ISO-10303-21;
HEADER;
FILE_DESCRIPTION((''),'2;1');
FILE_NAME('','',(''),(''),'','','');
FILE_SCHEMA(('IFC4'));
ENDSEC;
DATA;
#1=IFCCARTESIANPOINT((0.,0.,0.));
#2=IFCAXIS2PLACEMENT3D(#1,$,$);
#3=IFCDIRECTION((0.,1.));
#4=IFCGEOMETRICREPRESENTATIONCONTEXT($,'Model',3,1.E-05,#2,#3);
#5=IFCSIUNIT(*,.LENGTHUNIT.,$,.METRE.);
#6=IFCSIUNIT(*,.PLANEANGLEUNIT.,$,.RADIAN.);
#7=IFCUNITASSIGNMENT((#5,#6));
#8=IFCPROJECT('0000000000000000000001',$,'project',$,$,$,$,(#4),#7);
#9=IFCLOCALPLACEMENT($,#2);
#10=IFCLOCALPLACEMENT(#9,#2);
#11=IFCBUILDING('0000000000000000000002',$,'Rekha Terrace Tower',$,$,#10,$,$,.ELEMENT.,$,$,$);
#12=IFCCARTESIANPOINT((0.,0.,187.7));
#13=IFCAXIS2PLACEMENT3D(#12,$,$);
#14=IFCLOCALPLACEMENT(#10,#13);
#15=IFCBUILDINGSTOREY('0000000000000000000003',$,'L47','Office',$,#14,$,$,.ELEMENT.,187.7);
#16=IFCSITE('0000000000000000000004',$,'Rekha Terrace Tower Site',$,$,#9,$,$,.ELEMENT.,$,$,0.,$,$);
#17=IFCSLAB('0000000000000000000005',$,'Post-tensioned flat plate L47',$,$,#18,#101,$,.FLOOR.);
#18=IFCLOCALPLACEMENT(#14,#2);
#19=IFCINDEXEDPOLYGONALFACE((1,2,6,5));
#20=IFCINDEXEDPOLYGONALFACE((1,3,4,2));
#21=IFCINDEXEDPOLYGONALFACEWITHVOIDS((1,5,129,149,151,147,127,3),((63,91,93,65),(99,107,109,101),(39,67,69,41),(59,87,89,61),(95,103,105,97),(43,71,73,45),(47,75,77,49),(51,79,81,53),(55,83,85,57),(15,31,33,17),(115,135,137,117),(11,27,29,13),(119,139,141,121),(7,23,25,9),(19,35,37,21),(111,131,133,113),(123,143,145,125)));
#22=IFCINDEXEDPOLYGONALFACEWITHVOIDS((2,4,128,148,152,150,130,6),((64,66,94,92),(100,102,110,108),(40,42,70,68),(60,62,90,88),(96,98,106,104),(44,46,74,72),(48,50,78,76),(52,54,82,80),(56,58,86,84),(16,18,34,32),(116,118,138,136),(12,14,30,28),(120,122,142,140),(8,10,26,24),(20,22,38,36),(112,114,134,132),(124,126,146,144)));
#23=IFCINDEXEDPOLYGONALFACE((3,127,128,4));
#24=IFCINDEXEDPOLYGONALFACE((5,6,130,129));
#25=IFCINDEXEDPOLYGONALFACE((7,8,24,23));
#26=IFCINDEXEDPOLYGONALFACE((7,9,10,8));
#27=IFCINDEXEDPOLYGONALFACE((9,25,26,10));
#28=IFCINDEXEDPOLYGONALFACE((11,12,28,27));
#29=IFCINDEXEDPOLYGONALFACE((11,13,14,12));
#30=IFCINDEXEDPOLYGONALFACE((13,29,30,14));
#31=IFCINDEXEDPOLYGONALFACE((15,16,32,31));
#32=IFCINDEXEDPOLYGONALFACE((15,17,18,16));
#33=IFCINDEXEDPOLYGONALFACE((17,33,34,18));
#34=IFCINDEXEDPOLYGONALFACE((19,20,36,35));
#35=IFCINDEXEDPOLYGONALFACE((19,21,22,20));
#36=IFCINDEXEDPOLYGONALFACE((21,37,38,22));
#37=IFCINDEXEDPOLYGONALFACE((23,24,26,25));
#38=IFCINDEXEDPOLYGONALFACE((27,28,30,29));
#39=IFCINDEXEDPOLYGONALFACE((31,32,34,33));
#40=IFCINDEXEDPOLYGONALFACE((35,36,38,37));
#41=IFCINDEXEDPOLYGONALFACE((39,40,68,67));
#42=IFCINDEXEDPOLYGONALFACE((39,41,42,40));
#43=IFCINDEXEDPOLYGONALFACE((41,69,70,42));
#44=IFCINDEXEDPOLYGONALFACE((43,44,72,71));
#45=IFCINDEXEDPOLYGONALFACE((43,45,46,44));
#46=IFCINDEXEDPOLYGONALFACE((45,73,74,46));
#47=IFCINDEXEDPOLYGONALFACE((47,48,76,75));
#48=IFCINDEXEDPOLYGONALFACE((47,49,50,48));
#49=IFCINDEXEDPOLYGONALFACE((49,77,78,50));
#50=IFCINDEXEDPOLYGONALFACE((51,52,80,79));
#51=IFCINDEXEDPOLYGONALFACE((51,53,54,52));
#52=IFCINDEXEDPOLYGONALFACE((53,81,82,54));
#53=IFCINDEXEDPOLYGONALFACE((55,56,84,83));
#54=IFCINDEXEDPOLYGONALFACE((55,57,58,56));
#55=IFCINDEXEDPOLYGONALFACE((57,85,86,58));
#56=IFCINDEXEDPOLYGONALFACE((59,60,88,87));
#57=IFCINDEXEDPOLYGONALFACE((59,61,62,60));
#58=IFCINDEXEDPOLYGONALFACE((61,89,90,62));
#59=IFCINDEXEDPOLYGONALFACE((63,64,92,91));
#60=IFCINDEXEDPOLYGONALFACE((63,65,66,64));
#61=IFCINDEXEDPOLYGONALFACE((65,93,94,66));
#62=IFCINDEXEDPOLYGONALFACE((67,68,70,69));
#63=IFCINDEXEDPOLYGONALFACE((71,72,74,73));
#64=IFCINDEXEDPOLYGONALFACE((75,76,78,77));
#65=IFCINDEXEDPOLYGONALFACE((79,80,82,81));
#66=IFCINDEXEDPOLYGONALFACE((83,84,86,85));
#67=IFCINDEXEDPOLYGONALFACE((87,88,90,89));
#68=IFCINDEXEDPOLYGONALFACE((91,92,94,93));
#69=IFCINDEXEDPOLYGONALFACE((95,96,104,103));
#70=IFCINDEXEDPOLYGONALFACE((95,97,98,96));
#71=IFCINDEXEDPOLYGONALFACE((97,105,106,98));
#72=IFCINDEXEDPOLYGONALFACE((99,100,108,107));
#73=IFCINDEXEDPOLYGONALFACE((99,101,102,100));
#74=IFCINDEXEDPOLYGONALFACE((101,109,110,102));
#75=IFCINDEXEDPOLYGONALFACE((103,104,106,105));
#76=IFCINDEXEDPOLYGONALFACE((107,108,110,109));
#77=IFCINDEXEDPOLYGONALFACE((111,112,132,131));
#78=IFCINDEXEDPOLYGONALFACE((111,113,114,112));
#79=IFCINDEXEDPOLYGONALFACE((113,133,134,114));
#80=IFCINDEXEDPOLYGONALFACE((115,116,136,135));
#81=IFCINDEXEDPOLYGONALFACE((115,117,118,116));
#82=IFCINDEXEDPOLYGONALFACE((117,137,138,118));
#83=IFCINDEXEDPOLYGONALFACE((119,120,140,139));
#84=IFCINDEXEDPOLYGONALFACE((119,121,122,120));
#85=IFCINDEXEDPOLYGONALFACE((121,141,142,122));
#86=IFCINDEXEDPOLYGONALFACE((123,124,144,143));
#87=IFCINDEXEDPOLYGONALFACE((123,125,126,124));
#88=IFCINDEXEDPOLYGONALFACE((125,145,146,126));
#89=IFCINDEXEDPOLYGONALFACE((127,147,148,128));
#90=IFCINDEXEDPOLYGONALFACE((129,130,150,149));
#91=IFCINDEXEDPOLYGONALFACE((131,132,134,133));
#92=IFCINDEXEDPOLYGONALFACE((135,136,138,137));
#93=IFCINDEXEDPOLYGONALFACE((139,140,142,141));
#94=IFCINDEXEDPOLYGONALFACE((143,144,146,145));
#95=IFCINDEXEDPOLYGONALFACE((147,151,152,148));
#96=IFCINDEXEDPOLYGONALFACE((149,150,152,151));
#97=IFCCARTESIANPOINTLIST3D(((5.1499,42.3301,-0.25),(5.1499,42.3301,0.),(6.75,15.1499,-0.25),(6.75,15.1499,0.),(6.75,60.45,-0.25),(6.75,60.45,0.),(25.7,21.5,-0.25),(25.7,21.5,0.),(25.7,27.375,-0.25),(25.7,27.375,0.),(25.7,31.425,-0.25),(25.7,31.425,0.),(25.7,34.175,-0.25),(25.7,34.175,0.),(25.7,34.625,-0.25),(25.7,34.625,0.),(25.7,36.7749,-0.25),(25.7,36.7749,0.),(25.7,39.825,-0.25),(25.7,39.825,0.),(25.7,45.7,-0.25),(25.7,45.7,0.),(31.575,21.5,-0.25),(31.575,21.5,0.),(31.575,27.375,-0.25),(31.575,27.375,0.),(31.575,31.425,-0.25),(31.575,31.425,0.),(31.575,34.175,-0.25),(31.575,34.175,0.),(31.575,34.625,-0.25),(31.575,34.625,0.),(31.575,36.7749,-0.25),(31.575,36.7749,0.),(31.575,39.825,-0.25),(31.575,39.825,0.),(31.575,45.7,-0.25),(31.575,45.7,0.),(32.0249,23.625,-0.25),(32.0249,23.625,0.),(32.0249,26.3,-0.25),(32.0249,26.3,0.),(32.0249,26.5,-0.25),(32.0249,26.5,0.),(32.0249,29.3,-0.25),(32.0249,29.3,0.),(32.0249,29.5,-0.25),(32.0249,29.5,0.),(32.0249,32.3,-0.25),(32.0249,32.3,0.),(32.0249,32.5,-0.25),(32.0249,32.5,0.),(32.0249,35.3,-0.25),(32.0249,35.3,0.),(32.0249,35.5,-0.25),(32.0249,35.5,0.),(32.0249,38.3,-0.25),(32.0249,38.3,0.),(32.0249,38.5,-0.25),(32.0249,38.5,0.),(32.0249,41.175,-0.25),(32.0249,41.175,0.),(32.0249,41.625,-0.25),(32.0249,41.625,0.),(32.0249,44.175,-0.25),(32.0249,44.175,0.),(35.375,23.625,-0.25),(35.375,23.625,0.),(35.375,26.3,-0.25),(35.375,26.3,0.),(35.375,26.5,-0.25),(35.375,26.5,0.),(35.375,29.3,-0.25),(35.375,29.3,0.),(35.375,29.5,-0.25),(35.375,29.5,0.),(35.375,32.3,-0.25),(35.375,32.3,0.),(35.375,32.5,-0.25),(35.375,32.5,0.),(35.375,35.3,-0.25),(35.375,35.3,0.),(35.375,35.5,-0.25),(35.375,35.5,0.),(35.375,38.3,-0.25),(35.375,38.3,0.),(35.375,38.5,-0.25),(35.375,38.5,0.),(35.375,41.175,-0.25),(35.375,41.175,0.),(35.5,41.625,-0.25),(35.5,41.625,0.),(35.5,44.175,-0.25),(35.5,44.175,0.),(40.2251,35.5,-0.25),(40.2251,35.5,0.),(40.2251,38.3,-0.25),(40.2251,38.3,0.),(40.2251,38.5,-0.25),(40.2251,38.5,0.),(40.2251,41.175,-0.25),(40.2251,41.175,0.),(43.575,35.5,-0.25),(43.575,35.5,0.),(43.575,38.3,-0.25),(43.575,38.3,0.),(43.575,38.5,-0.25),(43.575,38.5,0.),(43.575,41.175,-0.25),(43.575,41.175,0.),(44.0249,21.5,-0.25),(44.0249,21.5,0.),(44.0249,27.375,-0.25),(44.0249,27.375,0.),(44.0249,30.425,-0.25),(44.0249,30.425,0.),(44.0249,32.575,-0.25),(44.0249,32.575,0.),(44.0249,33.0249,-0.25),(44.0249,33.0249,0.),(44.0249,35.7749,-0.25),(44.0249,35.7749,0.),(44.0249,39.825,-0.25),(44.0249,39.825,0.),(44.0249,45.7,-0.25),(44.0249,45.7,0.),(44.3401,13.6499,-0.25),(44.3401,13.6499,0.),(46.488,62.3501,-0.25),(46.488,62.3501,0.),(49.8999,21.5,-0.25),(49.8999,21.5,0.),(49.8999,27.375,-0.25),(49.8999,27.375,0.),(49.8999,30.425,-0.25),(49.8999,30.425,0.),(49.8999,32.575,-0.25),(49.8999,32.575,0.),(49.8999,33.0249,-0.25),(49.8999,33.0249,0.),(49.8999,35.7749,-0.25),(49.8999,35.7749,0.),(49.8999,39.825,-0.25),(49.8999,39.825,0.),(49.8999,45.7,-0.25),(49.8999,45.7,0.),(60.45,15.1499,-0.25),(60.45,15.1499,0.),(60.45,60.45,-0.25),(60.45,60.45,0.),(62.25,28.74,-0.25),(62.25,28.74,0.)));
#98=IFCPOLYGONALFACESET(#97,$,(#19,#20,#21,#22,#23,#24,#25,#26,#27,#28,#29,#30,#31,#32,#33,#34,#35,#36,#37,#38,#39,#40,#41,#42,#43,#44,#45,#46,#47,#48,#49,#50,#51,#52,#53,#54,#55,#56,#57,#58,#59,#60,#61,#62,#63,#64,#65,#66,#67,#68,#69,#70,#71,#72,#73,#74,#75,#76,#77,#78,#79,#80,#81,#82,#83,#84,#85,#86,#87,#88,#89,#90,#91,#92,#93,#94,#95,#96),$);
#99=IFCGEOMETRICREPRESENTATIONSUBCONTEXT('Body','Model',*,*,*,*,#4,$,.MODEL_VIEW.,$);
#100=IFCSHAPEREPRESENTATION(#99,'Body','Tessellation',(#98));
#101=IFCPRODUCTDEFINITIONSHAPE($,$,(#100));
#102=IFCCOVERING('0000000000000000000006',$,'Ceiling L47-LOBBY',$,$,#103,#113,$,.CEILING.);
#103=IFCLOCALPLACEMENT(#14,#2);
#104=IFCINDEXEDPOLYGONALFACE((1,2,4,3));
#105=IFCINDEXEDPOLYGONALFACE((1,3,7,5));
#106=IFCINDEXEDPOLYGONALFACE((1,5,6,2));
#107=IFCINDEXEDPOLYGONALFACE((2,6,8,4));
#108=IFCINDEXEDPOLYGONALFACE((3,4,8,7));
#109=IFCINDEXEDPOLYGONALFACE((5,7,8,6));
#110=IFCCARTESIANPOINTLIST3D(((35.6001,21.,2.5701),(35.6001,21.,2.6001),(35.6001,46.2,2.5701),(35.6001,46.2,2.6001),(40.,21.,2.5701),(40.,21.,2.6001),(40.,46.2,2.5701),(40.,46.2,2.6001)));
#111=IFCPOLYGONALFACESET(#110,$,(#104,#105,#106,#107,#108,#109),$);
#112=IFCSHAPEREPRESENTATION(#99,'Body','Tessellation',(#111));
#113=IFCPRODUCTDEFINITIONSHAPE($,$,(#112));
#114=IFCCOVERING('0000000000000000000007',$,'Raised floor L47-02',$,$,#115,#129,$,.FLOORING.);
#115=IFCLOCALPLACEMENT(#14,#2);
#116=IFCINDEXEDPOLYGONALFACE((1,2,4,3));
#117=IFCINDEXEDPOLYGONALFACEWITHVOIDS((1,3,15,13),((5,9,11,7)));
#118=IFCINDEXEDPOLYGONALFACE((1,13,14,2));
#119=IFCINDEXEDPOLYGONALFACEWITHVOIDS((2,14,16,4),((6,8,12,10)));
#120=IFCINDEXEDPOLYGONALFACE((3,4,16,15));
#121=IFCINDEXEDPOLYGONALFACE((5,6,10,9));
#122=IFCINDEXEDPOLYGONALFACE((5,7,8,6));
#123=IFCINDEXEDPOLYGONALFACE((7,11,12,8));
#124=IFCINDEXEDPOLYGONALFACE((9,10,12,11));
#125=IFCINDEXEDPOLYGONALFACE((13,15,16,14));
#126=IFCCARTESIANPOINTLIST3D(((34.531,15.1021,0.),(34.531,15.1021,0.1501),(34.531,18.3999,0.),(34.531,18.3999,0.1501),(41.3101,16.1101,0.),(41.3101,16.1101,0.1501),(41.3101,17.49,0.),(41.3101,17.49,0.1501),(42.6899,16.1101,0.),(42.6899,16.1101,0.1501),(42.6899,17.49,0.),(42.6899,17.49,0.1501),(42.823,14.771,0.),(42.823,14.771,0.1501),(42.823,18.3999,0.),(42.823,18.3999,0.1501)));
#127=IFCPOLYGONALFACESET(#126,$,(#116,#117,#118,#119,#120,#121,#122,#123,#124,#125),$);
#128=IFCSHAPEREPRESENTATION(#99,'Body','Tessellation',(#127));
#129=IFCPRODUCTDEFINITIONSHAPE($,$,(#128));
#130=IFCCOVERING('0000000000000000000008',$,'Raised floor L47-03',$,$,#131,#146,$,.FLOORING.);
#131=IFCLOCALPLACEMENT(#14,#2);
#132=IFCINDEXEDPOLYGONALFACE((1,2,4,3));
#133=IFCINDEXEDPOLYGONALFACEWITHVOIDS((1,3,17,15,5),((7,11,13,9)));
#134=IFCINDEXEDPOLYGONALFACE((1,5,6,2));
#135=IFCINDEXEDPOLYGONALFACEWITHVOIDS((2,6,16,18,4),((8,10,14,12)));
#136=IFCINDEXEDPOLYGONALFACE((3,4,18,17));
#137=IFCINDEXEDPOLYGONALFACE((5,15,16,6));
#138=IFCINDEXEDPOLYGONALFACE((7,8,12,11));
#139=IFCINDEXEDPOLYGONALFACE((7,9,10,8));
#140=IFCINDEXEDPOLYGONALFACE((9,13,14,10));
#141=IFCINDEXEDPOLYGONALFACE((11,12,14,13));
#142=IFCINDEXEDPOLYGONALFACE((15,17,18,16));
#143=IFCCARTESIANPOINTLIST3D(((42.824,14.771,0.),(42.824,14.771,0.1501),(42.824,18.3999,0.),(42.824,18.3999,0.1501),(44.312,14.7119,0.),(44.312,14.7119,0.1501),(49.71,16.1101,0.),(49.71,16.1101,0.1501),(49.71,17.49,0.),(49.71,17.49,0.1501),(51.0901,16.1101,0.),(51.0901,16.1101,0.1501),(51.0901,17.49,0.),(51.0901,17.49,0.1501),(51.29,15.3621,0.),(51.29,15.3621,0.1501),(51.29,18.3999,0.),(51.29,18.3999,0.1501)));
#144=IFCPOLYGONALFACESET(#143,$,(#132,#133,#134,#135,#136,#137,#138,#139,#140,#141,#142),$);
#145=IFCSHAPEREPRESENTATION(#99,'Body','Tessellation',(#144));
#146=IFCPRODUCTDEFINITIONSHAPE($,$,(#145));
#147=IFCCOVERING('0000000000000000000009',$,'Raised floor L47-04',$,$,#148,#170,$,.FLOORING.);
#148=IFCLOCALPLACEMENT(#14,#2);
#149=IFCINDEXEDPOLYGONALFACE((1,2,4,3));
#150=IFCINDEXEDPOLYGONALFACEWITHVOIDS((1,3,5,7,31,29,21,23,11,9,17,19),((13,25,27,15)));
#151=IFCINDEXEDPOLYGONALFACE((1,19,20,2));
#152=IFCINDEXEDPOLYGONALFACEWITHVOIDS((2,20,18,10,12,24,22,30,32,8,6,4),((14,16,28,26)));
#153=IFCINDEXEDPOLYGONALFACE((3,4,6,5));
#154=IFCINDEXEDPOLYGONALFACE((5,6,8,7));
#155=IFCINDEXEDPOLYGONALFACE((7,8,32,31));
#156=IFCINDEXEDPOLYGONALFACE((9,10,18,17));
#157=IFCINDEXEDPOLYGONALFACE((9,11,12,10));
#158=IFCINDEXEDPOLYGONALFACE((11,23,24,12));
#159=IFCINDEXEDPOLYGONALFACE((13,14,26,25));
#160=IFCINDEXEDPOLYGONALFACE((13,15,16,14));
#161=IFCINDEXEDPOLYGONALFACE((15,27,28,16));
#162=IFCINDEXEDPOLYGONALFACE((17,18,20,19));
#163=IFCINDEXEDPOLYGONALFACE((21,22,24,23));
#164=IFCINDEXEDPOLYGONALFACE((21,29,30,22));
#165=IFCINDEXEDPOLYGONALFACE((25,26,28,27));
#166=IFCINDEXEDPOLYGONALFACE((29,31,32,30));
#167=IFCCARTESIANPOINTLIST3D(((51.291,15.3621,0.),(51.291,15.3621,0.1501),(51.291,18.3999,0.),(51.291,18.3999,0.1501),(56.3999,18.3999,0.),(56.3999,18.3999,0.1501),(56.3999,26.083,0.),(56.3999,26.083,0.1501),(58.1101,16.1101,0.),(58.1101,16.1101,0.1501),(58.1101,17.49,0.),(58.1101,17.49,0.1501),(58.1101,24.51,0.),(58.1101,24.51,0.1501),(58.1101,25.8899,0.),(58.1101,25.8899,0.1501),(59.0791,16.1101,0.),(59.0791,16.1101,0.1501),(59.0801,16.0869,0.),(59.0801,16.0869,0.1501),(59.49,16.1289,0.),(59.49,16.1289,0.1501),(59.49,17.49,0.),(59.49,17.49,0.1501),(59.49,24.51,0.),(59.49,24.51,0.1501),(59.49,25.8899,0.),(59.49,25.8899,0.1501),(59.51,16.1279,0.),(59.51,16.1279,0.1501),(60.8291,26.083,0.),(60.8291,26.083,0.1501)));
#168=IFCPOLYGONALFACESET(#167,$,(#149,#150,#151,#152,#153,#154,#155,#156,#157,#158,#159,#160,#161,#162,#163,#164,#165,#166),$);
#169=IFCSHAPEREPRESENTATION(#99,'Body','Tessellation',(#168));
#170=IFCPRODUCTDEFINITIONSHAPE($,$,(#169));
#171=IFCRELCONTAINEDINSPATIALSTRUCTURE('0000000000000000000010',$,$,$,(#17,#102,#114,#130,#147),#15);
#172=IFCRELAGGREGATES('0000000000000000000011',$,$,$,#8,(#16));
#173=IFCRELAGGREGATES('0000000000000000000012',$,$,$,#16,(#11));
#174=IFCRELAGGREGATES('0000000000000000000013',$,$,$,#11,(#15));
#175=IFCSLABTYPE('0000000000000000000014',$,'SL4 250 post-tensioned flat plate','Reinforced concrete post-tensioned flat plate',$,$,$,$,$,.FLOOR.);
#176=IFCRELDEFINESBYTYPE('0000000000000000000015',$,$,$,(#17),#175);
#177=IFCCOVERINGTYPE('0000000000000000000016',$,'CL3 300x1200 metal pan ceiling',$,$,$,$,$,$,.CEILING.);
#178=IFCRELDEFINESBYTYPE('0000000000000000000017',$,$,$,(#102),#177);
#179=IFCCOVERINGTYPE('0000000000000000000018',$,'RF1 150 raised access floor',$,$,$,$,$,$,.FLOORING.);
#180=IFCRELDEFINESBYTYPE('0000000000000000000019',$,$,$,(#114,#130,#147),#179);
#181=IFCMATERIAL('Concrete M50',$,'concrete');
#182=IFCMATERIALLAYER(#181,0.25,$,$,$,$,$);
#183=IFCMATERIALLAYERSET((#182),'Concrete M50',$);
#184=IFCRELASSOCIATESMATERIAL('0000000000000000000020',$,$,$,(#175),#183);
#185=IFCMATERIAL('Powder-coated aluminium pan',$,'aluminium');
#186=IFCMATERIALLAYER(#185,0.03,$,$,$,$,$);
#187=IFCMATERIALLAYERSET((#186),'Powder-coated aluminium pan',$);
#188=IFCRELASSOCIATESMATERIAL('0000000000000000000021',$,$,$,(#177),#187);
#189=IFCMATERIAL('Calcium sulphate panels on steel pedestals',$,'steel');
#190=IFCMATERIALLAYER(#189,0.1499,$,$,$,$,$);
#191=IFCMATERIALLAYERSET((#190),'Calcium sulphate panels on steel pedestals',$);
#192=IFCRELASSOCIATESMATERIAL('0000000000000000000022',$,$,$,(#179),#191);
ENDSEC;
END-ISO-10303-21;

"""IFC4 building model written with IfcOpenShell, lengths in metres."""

from ifc_helpers import new_model, si_unit, direction, frame, origin, place, context, subcontext, project, spatial, polyline, outline, extrude, material, layer, layer_set, type_object, element, save


model = new_model("IFC4")

# Units and contexts
model_context = context("Model", 3, precision=1e-05, world=origin(), true_north=direction((0.0, 1.0)))
body_context = subcontext(model_context, "Body", "Model", "MODEL_VIEW")
ifc_project = project(units=[si_unit("LENGTHUNIT", "METRE"), si_unit("PLANEANGLEUNIT", "RADIAN")], contexts=[model_context])

# Site, building, storey
site_placement = place(None, origin())
site = spatial("IfcSite", under=ifc_project, at=site_placement, Name="Rekha Terrace Tower Site", CompositionType="ELEMENT", RefElevation=0.0)
building_placement = place(site_placement, origin())
building = spatial("IfcBuilding", under=site, at=building_placement, Name="Rekha Terrace Tower", CompositionType="ELEMENT")
storey_placement = place(building_placement, frame((0.0, 0.0, 187.7)))
storey = spatial("IfcBuildingStorey", under=building, at=storey_placement, Name="L47", Description="Office", CompositionType="ELEMENT", Elevation=187.7)

# Slab
ifc_material_1 = material(Name="Concrete M50", Category="concrete")
ifc_layer_1 = layer(ifc_material_1, 0.25)
ifc_layer_set_1 = layer_set([ifc_layer_1], Name="Concrete M50")
slab_type_1 = type_object("IfcSlabType", Name="SL4 250 post-tensioned flat plate", Description="Reinforced concrete post-tensioned flat plate", PredefinedType="FLOOR", material=ifc_layer_set_1)
slab_1_placement = place(storey_placement, frame((0.0, 0.0, -0.25)))
element("IfcSlab", 1, at=slab_1_placement, inside=storey, type_object=slab_type_1, Name="Post-tensioned flat plate L47", PredefinedType="FLOOR", context=body_context, shape_type="SweptSolid", body=[
    extrude(outline(polyline([(5.1499, 42.3301), (6.75, 15.1499), (44.3401, 13.6499), (60.45, 15.1499), (62.25, 28.74), (60.45, 60.45), (46.488, 62.3501), (6.75, 60.45), (5.1499, 42.3301)]), holes=[polyline([(31.575, 27.375), (31.575, 21.5), (25.7, 21.5), (25.7, 27.375), (31.575, 27.375)]), polyline([(35.375, 26.3), (35.375, 23.625), (32.0249, 23.625), (32.0249, 26.3), (35.375, 26.3)]), polyline([(35.375, 29.3), (35.375, 26.5), (32.0249, 26.5), (32.0249, 29.3), (35.375, 29.3)]), polyline([(35.375, 32.3), (35.375, 29.5), (32.0249, 29.5), (32.0249, 32.3), (35.375, 32.3)]), polyline([(31.575, 34.175), (31.575, 31.425), (25.7, 31.425), (25.7, 34.175), (31.575, 34.175)]), polyline([(35.375, 35.3), (35.375, 32.5), (32.0249, 32.5), (32.0249, 35.3), (35.375, 35.3)]), polyline([(31.575, 36.7749), (31.575, 34.625), (25.7, 34.625), (25.7, 36.7749), (31.575, 36.7749)]), polyline([(35.375, 38.3), (35.375, 35.5), (32.0249, 35.5), (32.0249, 38.3), (35.375, 38.3)]), polyline([(31.575, 45.7), (31.575, 39.825), (25.7, 39.825), (25.7, 45.7), (31.575, 45.7)]), polyline([(49.8999, 27.375), (49.8999, 21.5), (44.0249, 21.5), (44.0249, 27.375), (49.8999, 27.375)]), polyline([(49.8999, 32.575), (49.8999, 30.425), (44.0249, 30.425), (44.0249, 32.575), (49.8999, 32.575)]), polyline([(49.8999, 35.7749), (49.8999, 33.0249), (44.0249, 33.0249), (44.0249, 35.7749), (49.8999, 35.7749)]), polyline([(43.575, 38.3), (43.575, 35.5), (40.2251, 35.5), (40.2251, 38.3), (43.575, 38.3)]), polyline([(35.375, 41.175), (35.375, 38.5), (32.0249, 38.5), (32.0249, 41.175), (35.375, 41.175)]), polyline([(43.575, 41.175), (43.575, 38.5), (40.2251, 38.5), (40.2251, 41.175), (43.575, 41.175)]), polyline([(49.8999, 39.825), (44.0249, 39.825), (44.0249, 45.7), (49.8999, 45.7), (49.8999, 39.825)]), polyline([(35.5, 41.625), (32.0249, 41.625), (32.0249, 44.175), (35.5, 44.175), (35.5, 41.625)])]), origin(), (0.0, 0.0, 1.0), 0.25),
])

# Coverings
ifc_material_2 = material(Name="Powder-coated aluminium pan", Category="aluminium")
ifc_layer_2 = layer(ifc_material_2, 0.03)
ifc_layer_set_2 = layer_set([ifc_layer_2], Name="Powder-coated aluminium pan")
covering_type_1 = type_object("IfcCoveringType", Name="CL3 300x1200 metal pan ceiling", PredefinedType="CEILING", material=ifc_layer_set_2)
covering_1_placement = place(storey_placement, frame((0.0, 0.0, 2.5701)))
element("IfcCovering", 2, at=covering_1_placement, inside=storey, type_object=covering_type_1, Name="Ceiling L47-LOBBY", PredefinedType="CEILING", context=body_context, shape_type="SweptSolid", body=[
    extrude(outline(polyline([(40.0, 46.2), (35.6001, 46.2), (35.6001, 21.0), (40.0, 21.0), (40.0, 46.2)])), origin(), (0.0, 0.0, 1.0), 0.03),
])
ifc_material_3 = material(Name="Calcium sulphate panels on steel pedestals", Category="steel")
ifc_layer_3 = layer(ifc_material_3, 0.1499)
ifc_layer_set_3 = layer_set([ifc_layer_3], Name="Calcium sulphate panels on steel pedestals")
covering_type_2 = type_object("IfcCoveringType", Name="RF1 150 raised access floor", PredefinedType="FLOORING", material=ifc_layer_set_3)
covering_2_placement = place(storey_placement, origin())
element("IfcCovering", 3, at=covering_2_placement, inside=storey, type_object=covering_type_2, Name="Raised floor L47-02", PredefinedType="FLOORING", context=body_context, shape_type="SweptSolid", body=[
    extrude(outline(polyline([(42.823, 14.771), (42.823, 18.3999), (34.531, 18.3999), (34.531, 15.1021), (42.823, 14.771)]), holes=[polyline([(42.6899, 17.49), (42.6899, 16.1101), (41.3101, 16.1101), (41.3101, 17.49), (42.6899, 17.49)])]), origin(), (0.0, 0.0, 1.0), 0.1501),
])
covering_3_placement = place(storey_placement, origin())
element("IfcCovering", 4, at=covering_3_placement, inside=storey, type_object=covering_type_2, Name="Raised floor L47-03", PredefinedType="FLOORING", context=body_context, shape_type="SweptSolid", body=[
    extrude(outline(polyline([(51.29, 18.3999), (42.824, 18.3999), (42.824, 14.771), (44.312, 14.7119), (51.29, 15.3621), (51.29, 18.3999)]), holes=[polyline([(51.0901, 16.1101), (49.71, 16.1101), (49.71, 17.49), (51.0901, 17.49), (51.0901, 16.1101)])]), origin(), (0.0, 0.0, 1.0), 0.1501),
])
covering_4_placement = place(storey_placement, origin())
element("IfcCovering", 5, at=covering_4_placement, inside=storey, type_object=covering_type_2, Name="Raised floor L47-04", PredefinedType="FLOORING", context=body_context, shape_type="SweptSolid", body=[
    extrude(outline(polyline([(56.3999, 26.083), (56.3999, 18.3999), (51.291, 18.3999), (51.291, 15.3621), (59.0801, 16.0869), (59.0791, 16.1101), (58.1101, 16.1101), (58.1101, 17.49), (59.49, 17.49), (59.49, 16.1289), (59.51, 16.1279), (60.8291, 26.083), (56.3999, 26.083)]), holes=[polyline([(59.49, 24.51), (58.1101, 24.51), (58.1101, 25.8899), (59.49, 25.8899), (59.49, 24.51)])]), origin(), (0.0, 0.0, 1.0), 0.1501),
])

save(model, "model.ifc")
